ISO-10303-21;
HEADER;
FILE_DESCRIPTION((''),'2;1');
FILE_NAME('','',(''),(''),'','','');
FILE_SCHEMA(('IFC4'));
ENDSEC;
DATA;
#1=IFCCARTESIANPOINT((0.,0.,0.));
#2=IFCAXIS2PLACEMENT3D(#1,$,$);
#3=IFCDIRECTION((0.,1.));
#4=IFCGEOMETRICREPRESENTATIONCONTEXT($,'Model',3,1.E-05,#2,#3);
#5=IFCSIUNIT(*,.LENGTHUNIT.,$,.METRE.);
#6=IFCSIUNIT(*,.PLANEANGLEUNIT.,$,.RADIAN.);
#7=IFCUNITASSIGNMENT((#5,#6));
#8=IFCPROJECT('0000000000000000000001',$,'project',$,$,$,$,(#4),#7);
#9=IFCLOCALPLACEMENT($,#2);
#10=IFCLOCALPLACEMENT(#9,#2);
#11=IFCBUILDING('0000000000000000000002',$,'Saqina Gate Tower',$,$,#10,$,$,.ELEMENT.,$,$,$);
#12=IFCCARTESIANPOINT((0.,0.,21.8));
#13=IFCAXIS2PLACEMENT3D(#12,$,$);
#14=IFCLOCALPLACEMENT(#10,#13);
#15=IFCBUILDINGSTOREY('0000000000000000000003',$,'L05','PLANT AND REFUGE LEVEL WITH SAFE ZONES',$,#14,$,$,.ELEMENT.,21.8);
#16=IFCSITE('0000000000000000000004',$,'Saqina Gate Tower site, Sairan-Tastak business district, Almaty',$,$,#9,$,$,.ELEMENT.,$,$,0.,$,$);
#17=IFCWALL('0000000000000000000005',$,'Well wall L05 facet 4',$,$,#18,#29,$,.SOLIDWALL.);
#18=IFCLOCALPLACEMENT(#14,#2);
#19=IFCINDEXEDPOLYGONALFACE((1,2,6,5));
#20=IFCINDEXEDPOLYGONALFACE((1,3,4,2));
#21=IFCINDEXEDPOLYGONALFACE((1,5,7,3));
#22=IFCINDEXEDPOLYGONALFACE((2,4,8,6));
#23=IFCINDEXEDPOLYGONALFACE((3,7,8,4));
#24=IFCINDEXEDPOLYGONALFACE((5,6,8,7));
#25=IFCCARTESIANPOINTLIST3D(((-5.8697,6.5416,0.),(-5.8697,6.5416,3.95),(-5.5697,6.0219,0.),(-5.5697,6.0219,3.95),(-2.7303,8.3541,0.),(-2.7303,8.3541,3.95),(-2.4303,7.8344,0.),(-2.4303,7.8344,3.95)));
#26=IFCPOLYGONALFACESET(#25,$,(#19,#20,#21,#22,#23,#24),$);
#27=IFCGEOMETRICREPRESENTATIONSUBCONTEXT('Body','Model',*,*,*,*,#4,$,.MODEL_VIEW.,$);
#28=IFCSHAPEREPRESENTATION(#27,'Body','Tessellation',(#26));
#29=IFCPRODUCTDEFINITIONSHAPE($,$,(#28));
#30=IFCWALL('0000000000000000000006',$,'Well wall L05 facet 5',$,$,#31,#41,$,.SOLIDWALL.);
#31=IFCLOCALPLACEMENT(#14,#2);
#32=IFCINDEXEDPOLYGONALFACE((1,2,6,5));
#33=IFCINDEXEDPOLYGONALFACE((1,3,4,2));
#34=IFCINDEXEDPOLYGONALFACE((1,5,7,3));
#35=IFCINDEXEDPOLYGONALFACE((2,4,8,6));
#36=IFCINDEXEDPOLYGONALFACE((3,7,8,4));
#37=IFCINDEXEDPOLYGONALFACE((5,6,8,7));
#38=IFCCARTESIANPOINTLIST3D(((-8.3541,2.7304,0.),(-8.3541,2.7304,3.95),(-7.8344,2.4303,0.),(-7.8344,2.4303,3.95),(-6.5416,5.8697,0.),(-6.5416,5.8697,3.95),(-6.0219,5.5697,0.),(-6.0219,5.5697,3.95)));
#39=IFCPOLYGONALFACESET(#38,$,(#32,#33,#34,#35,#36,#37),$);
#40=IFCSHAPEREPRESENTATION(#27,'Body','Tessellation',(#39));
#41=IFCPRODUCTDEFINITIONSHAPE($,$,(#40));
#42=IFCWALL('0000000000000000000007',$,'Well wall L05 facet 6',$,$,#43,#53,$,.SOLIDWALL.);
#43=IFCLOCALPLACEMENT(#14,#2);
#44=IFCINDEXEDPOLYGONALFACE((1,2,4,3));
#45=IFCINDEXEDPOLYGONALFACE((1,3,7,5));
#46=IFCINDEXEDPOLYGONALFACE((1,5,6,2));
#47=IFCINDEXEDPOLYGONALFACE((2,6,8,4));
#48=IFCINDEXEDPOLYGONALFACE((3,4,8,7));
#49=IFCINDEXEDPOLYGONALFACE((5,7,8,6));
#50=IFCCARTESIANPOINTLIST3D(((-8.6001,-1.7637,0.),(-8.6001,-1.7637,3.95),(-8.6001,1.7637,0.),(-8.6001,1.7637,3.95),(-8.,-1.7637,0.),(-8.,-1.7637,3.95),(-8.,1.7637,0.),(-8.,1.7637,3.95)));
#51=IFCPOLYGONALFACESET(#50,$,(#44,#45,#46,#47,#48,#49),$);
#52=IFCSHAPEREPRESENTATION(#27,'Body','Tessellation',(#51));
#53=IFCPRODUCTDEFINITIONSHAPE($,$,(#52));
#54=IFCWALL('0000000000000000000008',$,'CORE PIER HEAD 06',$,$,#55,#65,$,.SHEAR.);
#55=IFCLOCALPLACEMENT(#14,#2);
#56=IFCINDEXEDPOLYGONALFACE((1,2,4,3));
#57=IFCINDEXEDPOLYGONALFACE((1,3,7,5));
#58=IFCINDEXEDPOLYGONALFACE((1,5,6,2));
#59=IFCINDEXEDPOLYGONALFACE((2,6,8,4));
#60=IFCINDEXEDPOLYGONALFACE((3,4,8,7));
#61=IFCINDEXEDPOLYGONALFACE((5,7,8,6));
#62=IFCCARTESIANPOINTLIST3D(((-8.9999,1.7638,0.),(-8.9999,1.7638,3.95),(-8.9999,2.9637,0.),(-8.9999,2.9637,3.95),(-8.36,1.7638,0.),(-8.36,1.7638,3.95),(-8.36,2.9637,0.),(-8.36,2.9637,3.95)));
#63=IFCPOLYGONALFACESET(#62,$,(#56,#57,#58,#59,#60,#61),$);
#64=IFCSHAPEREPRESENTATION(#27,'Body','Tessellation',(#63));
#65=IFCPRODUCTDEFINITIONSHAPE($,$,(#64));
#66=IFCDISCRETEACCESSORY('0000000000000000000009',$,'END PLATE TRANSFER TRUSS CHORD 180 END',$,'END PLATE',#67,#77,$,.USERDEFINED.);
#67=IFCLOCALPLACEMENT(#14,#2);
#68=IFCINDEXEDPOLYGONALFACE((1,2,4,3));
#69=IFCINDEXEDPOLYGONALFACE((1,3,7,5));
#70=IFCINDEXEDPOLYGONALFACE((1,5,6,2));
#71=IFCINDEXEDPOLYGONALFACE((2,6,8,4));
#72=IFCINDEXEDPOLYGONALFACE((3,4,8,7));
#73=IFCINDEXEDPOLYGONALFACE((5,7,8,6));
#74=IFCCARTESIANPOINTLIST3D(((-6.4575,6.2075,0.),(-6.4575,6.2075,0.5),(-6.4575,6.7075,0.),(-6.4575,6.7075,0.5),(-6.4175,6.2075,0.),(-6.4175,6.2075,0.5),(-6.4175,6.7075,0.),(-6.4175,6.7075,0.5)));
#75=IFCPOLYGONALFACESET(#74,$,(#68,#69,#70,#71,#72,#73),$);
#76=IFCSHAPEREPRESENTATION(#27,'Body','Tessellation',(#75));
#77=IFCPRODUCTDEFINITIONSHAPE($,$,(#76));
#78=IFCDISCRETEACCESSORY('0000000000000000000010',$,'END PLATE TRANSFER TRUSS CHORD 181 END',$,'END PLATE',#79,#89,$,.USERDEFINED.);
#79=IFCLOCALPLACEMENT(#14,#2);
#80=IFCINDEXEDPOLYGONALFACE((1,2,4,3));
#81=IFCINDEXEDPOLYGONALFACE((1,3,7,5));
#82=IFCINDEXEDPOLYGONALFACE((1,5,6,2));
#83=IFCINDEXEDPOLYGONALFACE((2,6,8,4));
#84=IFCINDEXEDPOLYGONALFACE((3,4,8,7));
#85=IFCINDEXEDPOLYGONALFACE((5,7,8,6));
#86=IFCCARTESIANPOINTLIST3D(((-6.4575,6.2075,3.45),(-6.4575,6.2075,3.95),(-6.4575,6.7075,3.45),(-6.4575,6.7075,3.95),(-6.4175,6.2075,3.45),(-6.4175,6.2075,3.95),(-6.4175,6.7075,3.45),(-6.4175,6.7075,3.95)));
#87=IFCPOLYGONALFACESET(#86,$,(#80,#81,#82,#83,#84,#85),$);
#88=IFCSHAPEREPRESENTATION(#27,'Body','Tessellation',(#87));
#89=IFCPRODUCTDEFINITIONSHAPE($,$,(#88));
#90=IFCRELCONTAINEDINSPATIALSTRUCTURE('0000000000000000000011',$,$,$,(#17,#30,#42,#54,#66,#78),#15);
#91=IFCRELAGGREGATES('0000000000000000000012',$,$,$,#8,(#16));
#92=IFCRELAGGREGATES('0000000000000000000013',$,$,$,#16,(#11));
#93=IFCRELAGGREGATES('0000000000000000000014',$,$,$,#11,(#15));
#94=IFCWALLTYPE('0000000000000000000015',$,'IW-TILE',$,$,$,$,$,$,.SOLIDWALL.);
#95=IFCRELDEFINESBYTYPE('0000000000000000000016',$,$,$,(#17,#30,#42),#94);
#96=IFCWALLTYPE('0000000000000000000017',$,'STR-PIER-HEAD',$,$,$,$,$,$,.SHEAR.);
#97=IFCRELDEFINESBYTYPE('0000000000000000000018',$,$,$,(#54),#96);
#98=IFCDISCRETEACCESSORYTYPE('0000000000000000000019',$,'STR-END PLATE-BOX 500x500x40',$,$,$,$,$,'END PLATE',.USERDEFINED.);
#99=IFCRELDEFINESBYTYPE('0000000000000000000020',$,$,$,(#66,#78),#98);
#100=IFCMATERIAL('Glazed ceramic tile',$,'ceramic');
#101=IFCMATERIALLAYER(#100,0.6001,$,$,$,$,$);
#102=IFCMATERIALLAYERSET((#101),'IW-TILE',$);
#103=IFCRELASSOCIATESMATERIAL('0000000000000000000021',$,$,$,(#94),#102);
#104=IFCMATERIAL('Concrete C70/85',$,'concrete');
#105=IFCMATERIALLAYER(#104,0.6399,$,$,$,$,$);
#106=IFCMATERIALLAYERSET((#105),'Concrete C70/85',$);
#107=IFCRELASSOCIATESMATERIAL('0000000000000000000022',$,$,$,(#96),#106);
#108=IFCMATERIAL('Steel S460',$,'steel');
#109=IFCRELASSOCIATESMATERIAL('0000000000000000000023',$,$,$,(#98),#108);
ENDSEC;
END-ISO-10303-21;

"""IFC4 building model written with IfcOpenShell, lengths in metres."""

from ifc_helpers import new_model, si_unit, direction, frame, frame_2d, origin, origin_2d, place, context, subcontext, project, spatial, rectangle, extrude, material, layer, layer_set, material_profile, profile_set, type_object, element, save


model = new_model("IFC4")

# Units and contexts
model_context = context("Model", 3, precision=1e-05, world=origin(), true_north=direction((0.0, 1.0)))
body_context = subcontext(model_context, "Body", "Model", "MODEL_VIEW")
ifc_project = project(units=[si_unit("LENGTHUNIT", "METRE"), si_unit("PLANEANGLEUNIT", "RADIAN")], contexts=[model_context])

# Site, building, storey
site_placement = place(None, origin())
site = spatial("IfcSite", under=ifc_project, at=site_placement, Name="Saqina Gate Tower site, Sairan-Tastak business district, Almaty", CompositionType="ELEMENT", RefElevation=0.0)
building_placement = place(site_placement, origin())
building = spatial("IfcBuilding", under=site, at=building_placement, Name="Saqina Gate Tower", CompositionType="ELEMENT")
storey_placement = place(building_placement, frame((0.0, 0.0, 21.8)))
storey = spatial("IfcBuildingStorey", under=building, at=storey_placement, Name="L05", Description="PLANT AND REFUGE LEVEL WITH SAFE ZONES", CompositionType="ELEMENT", Elevation=21.8)

# Walls
ifc_material_1 = material(Name="Glazed ceramic tile", Category="ceramic")
ifc_layer_1 = layer(ifc_material_1, 0.6001)
ifc_layer_set_1 = layer_set([ifc_layer_1], Name="IW-TILE")
wall_type_1 = type_object("IfcWallType", Name="IW-TILE", PredefinedType="SOLIDWALL", material=ifc_layer_set_1)
for number, where, z_axis, x_axis, name in (
    (1, (-2.5803, 8.0942, 0.0), (0.0, 0.0, 1.0), (-0.86603, -0.499993, 0.0), "Well wall L05 facet 4"),
    (2, (-6.2817, 5.7197, 0.0), (0.0, 0.0, 1.0), (-0.499993, -0.86603, 0.0), "Well wall L05 facet 5"),
):
    element("IfcWall", number, at=place(storey_placement, frame(where, z_axis=z_axis, x_axis=x_axis)), inside=storey, type_object=wall_type_1, Name=name, PredefinedType="SOLIDWALL", context=body_context, shape_type="SweptSolid", body=[
        extrude(rectangle(XDim=3.625, YDim=0.6001, at=frame_2d((1.8125, 0.0))), origin(), (0.0, 0.0, 1.0), 3.95),
    ])
wall_1_placement = place(storey_placement, frame((-8.3, 1.7637, 0.0), z_axis=(0.0, 0.0, 1.0), x_axis=(0.0, -1.0, 0.0)))
element("IfcWall", 3, at=wall_1_placement, inside=storey, type_object=wall_type_1, Name="Well wall L05 facet 6", PredefinedType="SOLIDWALL", context=body_context, shape_type="SweptSolid", body=[
    extrude(rectangle(XDim=3.5273, YDim=0.6001, at=frame_2d((1.7637, 0.0))), origin(), (0.0, 0.0, 1.0), 3.95),
])
ifc_material_2 = material(Name="Concrete C70/85", Category="concrete")
ifc_layer_2 = layer(ifc_material_2, 0.6399)
ifc_layer_set_2 = layer_set([ifc_layer_2], Name="Concrete C70/85")
wall_type_2 = type_object("IfcWallType", Name="STR-PIER-HEAD", PredefinedType="SHEAR", material=ifc_layer_set_2)
wall_2_placement = place(storey_placement, frame((-8.6799, 1.7637, 0.0), z_axis=(0.0, 0.0, 1.0), x_axis=(0.0, 1.0, 0.0)))
element("IfcWall", 4, at=wall_2_placement, inside=storey, type_object=wall_type_2, Name="CORE PIER HEAD 06", PredefinedType="SHEAR", context=body_context, shape_type="SweptSolid", body=[
    extrude(rectangle(XDim=1.2, YDim=0.6399, at=frame_2d((0.6001, 0.0))), origin(), (0.0, 0.0, 1.0), 3.95),
])

# Discrete accessories
ifc_material_3 = material(Name="Steel S460", Category="steel")
ifc_material_profile_1 = material_profile(ifc_material_3, rectangle(XDim=0.5, YDim=0.5, at=origin_2d()), Name="STR-END PLATE-BOX 500x500x40")
ifc_profile_set_1 = profile_set([ifc_material_profile_1], Name="Steel S460")
discrete_accessory_type = type_object("IfcDiscreteAccessoryType", Name="STR-END PLATE-BOX 500x500x40", ElementType="END PLATE", PredefinedType="USERDEFINED", material=ifc_profile_set_1)
for number, where, z_axis, x_axis, name in (
    (5, (-6.4575, 6.4575, 0.25), (1.0, 0.0, 0.0), (0.0, 1.0, 0.0), "END PLATE TRANSFER TRUSS CHORD 180 END"),
    (6, (-6.4575, 6.4575, 3.7), (1.0, 0.0, 0.0), (0.0, 1.0, 0.0), "END PLATE TRANSFER TRUSS CHORD 181 END"),
):
    element("IfcDiscreteAccessory", number, at=place(storey_placement, frame(where, z_axis=z_axis, x_axis=x_axis)), inside=storey, type_object=discrete_accessory_type, Name=name, ObjectType="END PLATE", PredefinedType="USERDEFINED", context=body_context, shape_type="SweptSolid", body=[
        extrude(rectangle(XDim=0.5, YDim=0.5, at=origin_2d()), origin(), (0.0, 0.0, 1.0), 0.04),
    ])

save(model, "model.ifc")
